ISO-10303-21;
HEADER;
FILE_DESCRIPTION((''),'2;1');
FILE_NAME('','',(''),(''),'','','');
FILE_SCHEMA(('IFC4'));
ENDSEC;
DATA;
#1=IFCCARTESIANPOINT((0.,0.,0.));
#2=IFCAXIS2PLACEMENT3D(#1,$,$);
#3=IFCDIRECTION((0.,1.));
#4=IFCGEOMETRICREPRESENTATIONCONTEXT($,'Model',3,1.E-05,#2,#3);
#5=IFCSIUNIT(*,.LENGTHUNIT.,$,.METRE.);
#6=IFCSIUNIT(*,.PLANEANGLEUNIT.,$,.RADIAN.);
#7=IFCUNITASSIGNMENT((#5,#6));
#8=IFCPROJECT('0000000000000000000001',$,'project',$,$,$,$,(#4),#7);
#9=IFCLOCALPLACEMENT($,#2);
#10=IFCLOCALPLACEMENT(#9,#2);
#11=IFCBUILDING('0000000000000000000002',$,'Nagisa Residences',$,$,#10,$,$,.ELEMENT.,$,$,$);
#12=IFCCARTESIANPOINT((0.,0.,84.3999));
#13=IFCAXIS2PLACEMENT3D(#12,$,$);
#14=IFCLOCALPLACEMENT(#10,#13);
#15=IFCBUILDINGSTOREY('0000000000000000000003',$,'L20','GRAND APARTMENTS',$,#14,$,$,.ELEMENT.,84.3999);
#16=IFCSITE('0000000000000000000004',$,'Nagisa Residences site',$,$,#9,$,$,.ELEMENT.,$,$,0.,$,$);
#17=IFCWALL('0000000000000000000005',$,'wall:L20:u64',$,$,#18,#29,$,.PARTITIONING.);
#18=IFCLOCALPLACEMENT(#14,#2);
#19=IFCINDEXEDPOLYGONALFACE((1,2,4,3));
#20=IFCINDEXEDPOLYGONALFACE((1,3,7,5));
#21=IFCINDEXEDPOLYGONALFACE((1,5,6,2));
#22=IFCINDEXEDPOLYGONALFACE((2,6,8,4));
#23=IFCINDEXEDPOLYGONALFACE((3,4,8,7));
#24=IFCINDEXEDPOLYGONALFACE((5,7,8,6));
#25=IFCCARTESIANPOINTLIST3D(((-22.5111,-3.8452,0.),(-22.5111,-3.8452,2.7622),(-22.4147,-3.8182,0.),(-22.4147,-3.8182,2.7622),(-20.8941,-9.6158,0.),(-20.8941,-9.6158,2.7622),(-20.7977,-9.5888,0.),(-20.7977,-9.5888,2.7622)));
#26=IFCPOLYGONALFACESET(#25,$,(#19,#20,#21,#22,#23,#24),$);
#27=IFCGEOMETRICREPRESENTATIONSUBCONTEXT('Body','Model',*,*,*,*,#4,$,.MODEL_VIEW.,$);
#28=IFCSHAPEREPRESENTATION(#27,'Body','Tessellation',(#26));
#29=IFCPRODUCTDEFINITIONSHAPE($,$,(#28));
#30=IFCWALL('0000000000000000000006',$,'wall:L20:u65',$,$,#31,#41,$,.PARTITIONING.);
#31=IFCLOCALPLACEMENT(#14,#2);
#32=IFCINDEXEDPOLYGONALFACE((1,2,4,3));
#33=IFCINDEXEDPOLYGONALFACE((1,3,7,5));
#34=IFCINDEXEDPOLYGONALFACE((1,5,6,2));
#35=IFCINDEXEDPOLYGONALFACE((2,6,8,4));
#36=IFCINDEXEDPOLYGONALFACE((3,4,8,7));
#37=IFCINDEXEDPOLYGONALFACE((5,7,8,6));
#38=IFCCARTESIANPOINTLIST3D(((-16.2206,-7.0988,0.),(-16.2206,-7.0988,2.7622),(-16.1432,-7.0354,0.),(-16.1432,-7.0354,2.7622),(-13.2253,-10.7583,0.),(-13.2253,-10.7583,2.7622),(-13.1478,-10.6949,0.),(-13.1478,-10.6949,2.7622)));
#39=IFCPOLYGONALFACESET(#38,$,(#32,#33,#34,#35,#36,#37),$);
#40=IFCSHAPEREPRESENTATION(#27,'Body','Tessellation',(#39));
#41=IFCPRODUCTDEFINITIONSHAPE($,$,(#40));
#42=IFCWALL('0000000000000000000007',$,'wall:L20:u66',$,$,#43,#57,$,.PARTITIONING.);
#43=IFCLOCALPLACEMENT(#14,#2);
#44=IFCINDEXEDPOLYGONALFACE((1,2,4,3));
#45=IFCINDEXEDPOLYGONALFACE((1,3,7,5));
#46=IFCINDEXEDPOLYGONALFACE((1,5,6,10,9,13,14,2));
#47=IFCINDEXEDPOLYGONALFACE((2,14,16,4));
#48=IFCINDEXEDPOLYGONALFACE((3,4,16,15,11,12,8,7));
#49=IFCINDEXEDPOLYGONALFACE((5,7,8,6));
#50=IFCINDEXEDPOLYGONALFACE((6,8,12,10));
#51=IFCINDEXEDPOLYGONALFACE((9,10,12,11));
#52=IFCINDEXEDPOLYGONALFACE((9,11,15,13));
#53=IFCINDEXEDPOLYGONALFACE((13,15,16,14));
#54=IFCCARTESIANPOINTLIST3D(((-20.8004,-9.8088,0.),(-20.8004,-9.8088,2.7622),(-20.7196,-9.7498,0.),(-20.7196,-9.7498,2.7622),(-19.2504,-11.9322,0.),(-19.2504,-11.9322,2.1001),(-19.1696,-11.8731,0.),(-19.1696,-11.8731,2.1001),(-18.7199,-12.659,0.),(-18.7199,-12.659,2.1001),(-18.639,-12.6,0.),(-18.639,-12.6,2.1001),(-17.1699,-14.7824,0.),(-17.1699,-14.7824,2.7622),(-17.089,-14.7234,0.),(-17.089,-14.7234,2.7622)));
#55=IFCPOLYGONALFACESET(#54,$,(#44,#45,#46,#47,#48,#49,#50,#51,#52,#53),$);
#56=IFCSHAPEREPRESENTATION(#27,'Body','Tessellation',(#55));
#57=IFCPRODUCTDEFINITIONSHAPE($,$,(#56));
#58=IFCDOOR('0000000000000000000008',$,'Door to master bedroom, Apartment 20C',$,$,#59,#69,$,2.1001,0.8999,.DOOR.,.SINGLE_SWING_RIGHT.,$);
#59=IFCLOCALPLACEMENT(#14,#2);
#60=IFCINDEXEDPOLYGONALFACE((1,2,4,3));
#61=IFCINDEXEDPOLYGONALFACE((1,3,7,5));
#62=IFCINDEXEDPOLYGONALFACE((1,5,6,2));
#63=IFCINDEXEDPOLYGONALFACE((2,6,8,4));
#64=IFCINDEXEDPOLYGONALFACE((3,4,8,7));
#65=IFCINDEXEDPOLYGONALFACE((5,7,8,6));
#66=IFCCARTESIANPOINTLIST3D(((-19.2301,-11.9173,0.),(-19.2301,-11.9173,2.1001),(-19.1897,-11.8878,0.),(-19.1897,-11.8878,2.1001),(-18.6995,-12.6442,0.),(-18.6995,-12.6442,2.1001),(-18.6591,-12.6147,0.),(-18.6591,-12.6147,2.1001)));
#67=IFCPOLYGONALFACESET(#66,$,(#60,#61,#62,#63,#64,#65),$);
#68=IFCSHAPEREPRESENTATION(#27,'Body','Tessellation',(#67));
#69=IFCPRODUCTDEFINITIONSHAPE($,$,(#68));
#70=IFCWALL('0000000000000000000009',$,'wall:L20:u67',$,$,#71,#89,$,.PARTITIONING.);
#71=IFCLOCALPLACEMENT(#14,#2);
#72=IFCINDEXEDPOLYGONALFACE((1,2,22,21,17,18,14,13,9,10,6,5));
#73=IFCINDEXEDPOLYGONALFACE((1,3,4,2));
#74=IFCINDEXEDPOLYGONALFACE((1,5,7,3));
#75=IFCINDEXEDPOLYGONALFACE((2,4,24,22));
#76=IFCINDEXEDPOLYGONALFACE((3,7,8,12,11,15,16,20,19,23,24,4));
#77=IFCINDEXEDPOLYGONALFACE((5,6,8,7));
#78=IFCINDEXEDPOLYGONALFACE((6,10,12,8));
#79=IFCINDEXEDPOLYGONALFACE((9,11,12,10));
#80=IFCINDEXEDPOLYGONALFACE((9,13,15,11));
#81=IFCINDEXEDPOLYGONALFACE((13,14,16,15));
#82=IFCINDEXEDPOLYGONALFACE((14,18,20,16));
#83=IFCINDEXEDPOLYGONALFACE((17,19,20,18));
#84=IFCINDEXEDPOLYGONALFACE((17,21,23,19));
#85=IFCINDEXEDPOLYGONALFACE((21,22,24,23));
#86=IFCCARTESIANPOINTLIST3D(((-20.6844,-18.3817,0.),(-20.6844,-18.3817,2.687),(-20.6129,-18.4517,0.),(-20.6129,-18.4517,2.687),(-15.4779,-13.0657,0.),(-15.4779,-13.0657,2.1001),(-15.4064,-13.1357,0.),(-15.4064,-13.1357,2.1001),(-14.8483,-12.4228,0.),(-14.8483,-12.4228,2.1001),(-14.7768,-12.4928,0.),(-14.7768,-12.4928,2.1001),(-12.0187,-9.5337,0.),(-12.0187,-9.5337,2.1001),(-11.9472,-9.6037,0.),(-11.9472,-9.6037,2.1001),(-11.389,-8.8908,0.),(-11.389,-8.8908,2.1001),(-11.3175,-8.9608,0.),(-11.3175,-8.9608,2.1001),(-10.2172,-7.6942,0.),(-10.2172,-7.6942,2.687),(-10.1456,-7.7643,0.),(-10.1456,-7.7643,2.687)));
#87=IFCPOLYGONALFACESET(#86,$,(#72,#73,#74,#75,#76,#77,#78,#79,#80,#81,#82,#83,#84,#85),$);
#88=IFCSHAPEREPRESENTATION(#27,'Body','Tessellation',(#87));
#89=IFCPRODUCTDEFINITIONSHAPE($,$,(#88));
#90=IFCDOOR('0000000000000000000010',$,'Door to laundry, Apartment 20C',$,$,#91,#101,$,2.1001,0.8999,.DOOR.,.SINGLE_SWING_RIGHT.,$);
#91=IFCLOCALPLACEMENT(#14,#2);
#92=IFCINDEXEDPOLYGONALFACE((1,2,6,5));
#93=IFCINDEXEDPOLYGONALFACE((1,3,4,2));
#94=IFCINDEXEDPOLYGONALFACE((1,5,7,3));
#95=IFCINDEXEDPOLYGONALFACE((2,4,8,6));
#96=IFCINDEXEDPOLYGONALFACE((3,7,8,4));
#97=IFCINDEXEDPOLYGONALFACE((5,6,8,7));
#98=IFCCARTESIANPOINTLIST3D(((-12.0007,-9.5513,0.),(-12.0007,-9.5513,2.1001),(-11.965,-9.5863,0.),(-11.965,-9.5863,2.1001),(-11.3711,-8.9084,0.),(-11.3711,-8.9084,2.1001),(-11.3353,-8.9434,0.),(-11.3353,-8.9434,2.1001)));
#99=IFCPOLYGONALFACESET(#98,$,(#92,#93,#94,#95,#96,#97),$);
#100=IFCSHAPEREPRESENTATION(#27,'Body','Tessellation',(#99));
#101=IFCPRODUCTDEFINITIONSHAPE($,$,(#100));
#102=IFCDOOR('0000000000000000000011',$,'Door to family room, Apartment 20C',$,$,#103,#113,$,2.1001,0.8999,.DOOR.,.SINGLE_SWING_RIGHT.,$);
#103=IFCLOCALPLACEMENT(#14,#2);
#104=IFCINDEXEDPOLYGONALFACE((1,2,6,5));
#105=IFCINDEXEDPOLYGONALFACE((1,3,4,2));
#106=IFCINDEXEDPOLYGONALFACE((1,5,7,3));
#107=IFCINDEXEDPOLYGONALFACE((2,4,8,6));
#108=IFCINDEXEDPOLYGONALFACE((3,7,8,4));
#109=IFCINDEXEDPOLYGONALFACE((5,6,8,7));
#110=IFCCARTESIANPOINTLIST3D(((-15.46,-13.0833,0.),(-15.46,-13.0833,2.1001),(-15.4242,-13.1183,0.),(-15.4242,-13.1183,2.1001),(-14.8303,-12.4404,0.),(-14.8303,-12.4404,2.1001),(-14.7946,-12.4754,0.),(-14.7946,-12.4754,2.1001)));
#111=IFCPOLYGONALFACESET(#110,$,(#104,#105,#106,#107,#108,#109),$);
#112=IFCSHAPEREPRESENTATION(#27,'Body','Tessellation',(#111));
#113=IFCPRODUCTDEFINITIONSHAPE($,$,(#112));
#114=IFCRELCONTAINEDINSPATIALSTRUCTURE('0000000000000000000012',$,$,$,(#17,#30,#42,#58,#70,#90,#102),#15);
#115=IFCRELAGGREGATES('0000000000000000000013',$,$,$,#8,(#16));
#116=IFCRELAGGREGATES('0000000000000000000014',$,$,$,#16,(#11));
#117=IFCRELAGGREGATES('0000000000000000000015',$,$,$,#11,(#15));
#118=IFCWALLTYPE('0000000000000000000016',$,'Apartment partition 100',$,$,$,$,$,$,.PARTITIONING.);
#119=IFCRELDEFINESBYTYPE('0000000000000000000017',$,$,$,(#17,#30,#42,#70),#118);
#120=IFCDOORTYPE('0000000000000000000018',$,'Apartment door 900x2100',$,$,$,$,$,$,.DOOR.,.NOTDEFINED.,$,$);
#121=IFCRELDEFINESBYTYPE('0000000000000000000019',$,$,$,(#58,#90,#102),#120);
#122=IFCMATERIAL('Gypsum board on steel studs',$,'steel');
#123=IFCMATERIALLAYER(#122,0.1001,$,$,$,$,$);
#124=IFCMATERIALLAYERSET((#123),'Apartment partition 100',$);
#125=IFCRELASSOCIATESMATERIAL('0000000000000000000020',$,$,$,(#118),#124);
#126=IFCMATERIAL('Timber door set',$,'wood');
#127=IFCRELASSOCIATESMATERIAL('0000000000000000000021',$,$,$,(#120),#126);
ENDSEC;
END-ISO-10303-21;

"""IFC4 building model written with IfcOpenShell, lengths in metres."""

from ifc_helpers import new_model, si_unit, direction, frame, frame_2d, origin, place, context, subcontext, project, spatial, rectangle, extrude, material, layer, layer_set, type_object, element, fill, save


model = new_model("IFC4")

# Units and contexts
model_context = context("Model", 3, precision=1e-05, world=origin(), true_north=direction((0.0, 1.0)))
body_context = subcontext(model_context, "Body", "Model", "MODEL_VIEW")
ifc_project = project(units=[si_unit("LENGTHUNIT", "METRE"), si_unit("PLANEANGLEUNIT", "RADIAN")], contexts=[model_context])

# Site, building, storey
site_placement = place(None, origin())
site = spatial("IfcSite", under=ifc_project, at=site_placement, Name="Nagisa Residences site", CompositionType="ELEMENT", RefElevation=0.0)
building_placement = place(site_placement, origin())
building = spatial("IfcBuilding", under=site, at=building_placement, Name="Nagisa Residences", CompositionType="ELEMENT")
storey_placement = place(building_placement, frame((0.0, 0.0, 84.3999)))
storey = spatial("IfcBuildingStorey", under=building, at=storey_placement, Name="L20", Description="GRAND APARTMENTS", CompositionType="ELEMENT", Elevation=84.3999)

# Shared definitions
ifc_material_1 = material(Name="Gypsum board on steel studs", Category="steel")
ifc_layer_1 = layer(ifc_material_1, 0.1001)
ifc_layer_set_1 = layer_set([ifc_layer_1], Name="Apartment partition 100")
wall_type_1 = type_object("IfcWallType", Name="Apartment partition 100", PredefinedType="PARTITIONING", material=ifc_layer_set_1)
ifc_material_2 = material(Name="Timber door set", Category="wood")
door_type_1 = type_object("IfcDoorType", Name="Apartment door 900x2100", OperationType="NOTDEFINED", PredefinedType="DOOR", material=ifc_material_2)

# Walls
wall_1_placement = place(storey_placement, frame((-22.4629, -3.8315, 0.0), z_axis=(0.0, 0.0, 1.0), x_axis=(0.269805, -0.962915, 0.0)))
element("IfcWall", 1, at=wall_1_placement, inside=storey, type_object=wall_type_1, Name="wall:L20:u64", PredefinedType="PARTITIONING", context=body_context, shape_type="SweptSolid", body=[
    extrude(rectangle(XDim=5.9929, YDim=0.1001, at=frame_2d((2.9966, 0.0))), origin(), (0.0, 0.0, 1.0), 2.7622),
])
wall_2_placement = place(storey_placement, frame((-16.1819, -7.0671, 0.0), z_axis=(0.0, 0.0, 1.0), x_axis=(0.633401, -0.773824, 0.0)))
element("IfcWall", 2, at=wall_2_placement, inside=storey, type_object=wall_type_1, Name="wall:L20:u65", PredefinedType="PARTITIONING", context=body_context, shape_type="SweptSolid", body=[
    extrude(rectangle(XDim=4.729, YDim=0.1001, at=frame_2d((2.3645, 0.0))), origin(), (0.0, 0.0, 1.0), 2.7622),
])

# Wall, opening, door
wall_3_placement = place(storey_placement, frame((-20.76, -9.7793, 0.0), z_axis=(0.0, 0.0, 1.0), x_axis=(0.589597, -0.807698, 0.0)))
wall_3 = element("IfcWall", 3, at=wall_3_placement, inside=storey, type_object=wall_type_1, Name="wall:L20:u66", PredefinedType="PARTITIONING", context=body_context, shape_type="SweptSolid", body=[
    extrude(rectangle(XDim=6.1577, YDim=0.1001, at=frame_2d((3.0789, 0.0))), origin(), (0.0, 0.0, 1.0), 2.7622),
])
opening_1_placement = place(wall_3_placement, frame((2.6289, 0.0, 0.0)))
opening_1 = element("IfcOpeningElement", 4, at=opening_1_placement, cuts=wall_3, PredefinedType="OPENING", context=body_context, shape_type="SweptSolid", body=[
    extrude(rectangle(XDim=0.8999, YDim=2.1001, at=frame_2d((0.45, 1.05))), frame((0.0, 0.0601, 0.0), z_axis=(0.0, -1.0, 0.0), x_axis=(1.0, 0.0, 0.0)), (0.0, 0.0, 1.0), 0.1201),
])
door_1_placement = place(opening_1_placement, frame((0.8999, 0.0, 0.0), x_axis=(-1.0, 0.0, 0.0)))
door_1 = element("IfcDoor", 5, at=door_1_placement, inside=storey, type_object=door_type_1, Name="Door to master bedroom, Apartment 20C", OperationType="SINGLE_SWING_RIGHT", OverallHeight=2.1001, OverallWidth=0.8999, PredefinedType="DOOR", context=body_context, shape_type="SweptSolid", body=[
    extrude(rectangle(XDim=0.8999, YDim=2.1001, at=frame_2d((0.45, 1.05))), frame((0.0, 0.0249, 0.0), z_axis=(0.0, -1.0, 0.0), x_axis=(1.0, 0.0, 0.0)), (0.0, 0.0, 1.0), 0.05),
])
fill(opening_1, door_1)

# Wall, openings, doors
wall_4_placement = place(storey_placement, frame((-10.1814, -7.7292, 0.0), z_axis=(0.0, 0.0, 1.0), x_axis=(-0.699708, -0.714429, 0.0)))
wall_4 = element("IfcWall", 6, at=wall_4_placement, inside=storey, type_object=wall_type_1, Name="wall:L20:u67", PredefinedType="PARTITIONING", context=body_context, shape_type="SweptSolid", body=[
    extrude(rectangle(XDim=14.9595, YDim=0.1001, at=frame_2d((7.4797, 0.0))), origin(), (0.0, 0.0, 1.0), 2.687),
])
opening_2_placement = place(wall_4_placement, frame((1.6748, 0.0, 0.0)))
opening_2 = element("IfcOpeningElement", 7, at=opening_2_placement, cuts=wall_4, PredefinedType="OPENING", context=body_context, shape_type="SweptSolid", body=[
    extrude(rectangle(XDim=0.8999, YDim=2.1001, at=frame_2d((0.45, 1.05))), frame((0.0, 0.0601, 0.0), z_axis=(0.0, -1.0, 0.0), x_axis=(1.0, 0.0, 0.0)), (0.0, 0.0, 1.0), 0.1201),
])
opening_3_placement = place(wall_4_placement, frame((6.6187, 0.0, 0.0)))
opening_3 = element("IfcOpeningElement", 8, at=opening_3_placement, cuts=wall_4, PredefinedType="OPENING", context=body_context, shape_type="SweptSolid", body=[
    extrude(rectangle(XDim=0.8999, YDim=2.1001, at=frame_2d((0.45, 1.05))), frame((0.0, 0.0601, 0.0), z_axis=(0.0, -1.0, 0.0), x_axis=(1.0, 0.0, 0.0)), (0.0, 0.0, 1.0), 0.1201),
])
door_2_placement = place(opening_2_placement, frame((0.8999, 0.0, 0.0), x_axis=(-1.0, 0.0, 0.0)))
door_2 = element("IfcDoor", 9, at=door_2_placement, inside=storey, type_object=door_type_1, Name="Door to laundry, Apartment 20C", OperationType="SINGLE_SWING_RIGHT", OverallHeight=2.1001, OverallWidth=0.8999, PredefinedType="DOOR", context=body_context, shape_type="SweptSolid", body=[
    extrude(rectangle(XDim=0.8999, YDim=2.1001, at=frame_2d((0.45, 1.05))), frame((0.0, 0.0249, 0.0), z_axis=(0.0, -1.0, 0.0), x_axis=(1.0, 0.0, 0.0)), (0.0, 0.0, 1.0), 0.05),
])
fill(opening_2, door_2)
door_3_placement = place(opening_3_placement, frame((0.8999, 0.0, 0.0), x_axis=(-1.0, 0.0, 0.0)))
door_3 = element("IfcDoor", 10, at=door_3_placement, inside=storey, type_object=door_type_1, Name="Door to family room, Apartment 20C", OperationType="SINGLE_SWING_RIGHT", OverallHeight=2.1001, OverallWidth=0.8999, PredefinedType="DOOR", context=body_context, shape_type="SweptSolid", body=[
    extrude(rectangle(XDim=0.8999, YDim=2.1001, at=frame_2d((0.45, 1.05))), frame((0.0, 0.0249, 0.0), z_axis=(0.0, -1.0, 0.0), x_axis=(1.0, 0.0, 0.0)), (0.0, 0.0, 1.0), 0.05),
])
fill(opening_3, door_3)

save(model, "model.ifc")
